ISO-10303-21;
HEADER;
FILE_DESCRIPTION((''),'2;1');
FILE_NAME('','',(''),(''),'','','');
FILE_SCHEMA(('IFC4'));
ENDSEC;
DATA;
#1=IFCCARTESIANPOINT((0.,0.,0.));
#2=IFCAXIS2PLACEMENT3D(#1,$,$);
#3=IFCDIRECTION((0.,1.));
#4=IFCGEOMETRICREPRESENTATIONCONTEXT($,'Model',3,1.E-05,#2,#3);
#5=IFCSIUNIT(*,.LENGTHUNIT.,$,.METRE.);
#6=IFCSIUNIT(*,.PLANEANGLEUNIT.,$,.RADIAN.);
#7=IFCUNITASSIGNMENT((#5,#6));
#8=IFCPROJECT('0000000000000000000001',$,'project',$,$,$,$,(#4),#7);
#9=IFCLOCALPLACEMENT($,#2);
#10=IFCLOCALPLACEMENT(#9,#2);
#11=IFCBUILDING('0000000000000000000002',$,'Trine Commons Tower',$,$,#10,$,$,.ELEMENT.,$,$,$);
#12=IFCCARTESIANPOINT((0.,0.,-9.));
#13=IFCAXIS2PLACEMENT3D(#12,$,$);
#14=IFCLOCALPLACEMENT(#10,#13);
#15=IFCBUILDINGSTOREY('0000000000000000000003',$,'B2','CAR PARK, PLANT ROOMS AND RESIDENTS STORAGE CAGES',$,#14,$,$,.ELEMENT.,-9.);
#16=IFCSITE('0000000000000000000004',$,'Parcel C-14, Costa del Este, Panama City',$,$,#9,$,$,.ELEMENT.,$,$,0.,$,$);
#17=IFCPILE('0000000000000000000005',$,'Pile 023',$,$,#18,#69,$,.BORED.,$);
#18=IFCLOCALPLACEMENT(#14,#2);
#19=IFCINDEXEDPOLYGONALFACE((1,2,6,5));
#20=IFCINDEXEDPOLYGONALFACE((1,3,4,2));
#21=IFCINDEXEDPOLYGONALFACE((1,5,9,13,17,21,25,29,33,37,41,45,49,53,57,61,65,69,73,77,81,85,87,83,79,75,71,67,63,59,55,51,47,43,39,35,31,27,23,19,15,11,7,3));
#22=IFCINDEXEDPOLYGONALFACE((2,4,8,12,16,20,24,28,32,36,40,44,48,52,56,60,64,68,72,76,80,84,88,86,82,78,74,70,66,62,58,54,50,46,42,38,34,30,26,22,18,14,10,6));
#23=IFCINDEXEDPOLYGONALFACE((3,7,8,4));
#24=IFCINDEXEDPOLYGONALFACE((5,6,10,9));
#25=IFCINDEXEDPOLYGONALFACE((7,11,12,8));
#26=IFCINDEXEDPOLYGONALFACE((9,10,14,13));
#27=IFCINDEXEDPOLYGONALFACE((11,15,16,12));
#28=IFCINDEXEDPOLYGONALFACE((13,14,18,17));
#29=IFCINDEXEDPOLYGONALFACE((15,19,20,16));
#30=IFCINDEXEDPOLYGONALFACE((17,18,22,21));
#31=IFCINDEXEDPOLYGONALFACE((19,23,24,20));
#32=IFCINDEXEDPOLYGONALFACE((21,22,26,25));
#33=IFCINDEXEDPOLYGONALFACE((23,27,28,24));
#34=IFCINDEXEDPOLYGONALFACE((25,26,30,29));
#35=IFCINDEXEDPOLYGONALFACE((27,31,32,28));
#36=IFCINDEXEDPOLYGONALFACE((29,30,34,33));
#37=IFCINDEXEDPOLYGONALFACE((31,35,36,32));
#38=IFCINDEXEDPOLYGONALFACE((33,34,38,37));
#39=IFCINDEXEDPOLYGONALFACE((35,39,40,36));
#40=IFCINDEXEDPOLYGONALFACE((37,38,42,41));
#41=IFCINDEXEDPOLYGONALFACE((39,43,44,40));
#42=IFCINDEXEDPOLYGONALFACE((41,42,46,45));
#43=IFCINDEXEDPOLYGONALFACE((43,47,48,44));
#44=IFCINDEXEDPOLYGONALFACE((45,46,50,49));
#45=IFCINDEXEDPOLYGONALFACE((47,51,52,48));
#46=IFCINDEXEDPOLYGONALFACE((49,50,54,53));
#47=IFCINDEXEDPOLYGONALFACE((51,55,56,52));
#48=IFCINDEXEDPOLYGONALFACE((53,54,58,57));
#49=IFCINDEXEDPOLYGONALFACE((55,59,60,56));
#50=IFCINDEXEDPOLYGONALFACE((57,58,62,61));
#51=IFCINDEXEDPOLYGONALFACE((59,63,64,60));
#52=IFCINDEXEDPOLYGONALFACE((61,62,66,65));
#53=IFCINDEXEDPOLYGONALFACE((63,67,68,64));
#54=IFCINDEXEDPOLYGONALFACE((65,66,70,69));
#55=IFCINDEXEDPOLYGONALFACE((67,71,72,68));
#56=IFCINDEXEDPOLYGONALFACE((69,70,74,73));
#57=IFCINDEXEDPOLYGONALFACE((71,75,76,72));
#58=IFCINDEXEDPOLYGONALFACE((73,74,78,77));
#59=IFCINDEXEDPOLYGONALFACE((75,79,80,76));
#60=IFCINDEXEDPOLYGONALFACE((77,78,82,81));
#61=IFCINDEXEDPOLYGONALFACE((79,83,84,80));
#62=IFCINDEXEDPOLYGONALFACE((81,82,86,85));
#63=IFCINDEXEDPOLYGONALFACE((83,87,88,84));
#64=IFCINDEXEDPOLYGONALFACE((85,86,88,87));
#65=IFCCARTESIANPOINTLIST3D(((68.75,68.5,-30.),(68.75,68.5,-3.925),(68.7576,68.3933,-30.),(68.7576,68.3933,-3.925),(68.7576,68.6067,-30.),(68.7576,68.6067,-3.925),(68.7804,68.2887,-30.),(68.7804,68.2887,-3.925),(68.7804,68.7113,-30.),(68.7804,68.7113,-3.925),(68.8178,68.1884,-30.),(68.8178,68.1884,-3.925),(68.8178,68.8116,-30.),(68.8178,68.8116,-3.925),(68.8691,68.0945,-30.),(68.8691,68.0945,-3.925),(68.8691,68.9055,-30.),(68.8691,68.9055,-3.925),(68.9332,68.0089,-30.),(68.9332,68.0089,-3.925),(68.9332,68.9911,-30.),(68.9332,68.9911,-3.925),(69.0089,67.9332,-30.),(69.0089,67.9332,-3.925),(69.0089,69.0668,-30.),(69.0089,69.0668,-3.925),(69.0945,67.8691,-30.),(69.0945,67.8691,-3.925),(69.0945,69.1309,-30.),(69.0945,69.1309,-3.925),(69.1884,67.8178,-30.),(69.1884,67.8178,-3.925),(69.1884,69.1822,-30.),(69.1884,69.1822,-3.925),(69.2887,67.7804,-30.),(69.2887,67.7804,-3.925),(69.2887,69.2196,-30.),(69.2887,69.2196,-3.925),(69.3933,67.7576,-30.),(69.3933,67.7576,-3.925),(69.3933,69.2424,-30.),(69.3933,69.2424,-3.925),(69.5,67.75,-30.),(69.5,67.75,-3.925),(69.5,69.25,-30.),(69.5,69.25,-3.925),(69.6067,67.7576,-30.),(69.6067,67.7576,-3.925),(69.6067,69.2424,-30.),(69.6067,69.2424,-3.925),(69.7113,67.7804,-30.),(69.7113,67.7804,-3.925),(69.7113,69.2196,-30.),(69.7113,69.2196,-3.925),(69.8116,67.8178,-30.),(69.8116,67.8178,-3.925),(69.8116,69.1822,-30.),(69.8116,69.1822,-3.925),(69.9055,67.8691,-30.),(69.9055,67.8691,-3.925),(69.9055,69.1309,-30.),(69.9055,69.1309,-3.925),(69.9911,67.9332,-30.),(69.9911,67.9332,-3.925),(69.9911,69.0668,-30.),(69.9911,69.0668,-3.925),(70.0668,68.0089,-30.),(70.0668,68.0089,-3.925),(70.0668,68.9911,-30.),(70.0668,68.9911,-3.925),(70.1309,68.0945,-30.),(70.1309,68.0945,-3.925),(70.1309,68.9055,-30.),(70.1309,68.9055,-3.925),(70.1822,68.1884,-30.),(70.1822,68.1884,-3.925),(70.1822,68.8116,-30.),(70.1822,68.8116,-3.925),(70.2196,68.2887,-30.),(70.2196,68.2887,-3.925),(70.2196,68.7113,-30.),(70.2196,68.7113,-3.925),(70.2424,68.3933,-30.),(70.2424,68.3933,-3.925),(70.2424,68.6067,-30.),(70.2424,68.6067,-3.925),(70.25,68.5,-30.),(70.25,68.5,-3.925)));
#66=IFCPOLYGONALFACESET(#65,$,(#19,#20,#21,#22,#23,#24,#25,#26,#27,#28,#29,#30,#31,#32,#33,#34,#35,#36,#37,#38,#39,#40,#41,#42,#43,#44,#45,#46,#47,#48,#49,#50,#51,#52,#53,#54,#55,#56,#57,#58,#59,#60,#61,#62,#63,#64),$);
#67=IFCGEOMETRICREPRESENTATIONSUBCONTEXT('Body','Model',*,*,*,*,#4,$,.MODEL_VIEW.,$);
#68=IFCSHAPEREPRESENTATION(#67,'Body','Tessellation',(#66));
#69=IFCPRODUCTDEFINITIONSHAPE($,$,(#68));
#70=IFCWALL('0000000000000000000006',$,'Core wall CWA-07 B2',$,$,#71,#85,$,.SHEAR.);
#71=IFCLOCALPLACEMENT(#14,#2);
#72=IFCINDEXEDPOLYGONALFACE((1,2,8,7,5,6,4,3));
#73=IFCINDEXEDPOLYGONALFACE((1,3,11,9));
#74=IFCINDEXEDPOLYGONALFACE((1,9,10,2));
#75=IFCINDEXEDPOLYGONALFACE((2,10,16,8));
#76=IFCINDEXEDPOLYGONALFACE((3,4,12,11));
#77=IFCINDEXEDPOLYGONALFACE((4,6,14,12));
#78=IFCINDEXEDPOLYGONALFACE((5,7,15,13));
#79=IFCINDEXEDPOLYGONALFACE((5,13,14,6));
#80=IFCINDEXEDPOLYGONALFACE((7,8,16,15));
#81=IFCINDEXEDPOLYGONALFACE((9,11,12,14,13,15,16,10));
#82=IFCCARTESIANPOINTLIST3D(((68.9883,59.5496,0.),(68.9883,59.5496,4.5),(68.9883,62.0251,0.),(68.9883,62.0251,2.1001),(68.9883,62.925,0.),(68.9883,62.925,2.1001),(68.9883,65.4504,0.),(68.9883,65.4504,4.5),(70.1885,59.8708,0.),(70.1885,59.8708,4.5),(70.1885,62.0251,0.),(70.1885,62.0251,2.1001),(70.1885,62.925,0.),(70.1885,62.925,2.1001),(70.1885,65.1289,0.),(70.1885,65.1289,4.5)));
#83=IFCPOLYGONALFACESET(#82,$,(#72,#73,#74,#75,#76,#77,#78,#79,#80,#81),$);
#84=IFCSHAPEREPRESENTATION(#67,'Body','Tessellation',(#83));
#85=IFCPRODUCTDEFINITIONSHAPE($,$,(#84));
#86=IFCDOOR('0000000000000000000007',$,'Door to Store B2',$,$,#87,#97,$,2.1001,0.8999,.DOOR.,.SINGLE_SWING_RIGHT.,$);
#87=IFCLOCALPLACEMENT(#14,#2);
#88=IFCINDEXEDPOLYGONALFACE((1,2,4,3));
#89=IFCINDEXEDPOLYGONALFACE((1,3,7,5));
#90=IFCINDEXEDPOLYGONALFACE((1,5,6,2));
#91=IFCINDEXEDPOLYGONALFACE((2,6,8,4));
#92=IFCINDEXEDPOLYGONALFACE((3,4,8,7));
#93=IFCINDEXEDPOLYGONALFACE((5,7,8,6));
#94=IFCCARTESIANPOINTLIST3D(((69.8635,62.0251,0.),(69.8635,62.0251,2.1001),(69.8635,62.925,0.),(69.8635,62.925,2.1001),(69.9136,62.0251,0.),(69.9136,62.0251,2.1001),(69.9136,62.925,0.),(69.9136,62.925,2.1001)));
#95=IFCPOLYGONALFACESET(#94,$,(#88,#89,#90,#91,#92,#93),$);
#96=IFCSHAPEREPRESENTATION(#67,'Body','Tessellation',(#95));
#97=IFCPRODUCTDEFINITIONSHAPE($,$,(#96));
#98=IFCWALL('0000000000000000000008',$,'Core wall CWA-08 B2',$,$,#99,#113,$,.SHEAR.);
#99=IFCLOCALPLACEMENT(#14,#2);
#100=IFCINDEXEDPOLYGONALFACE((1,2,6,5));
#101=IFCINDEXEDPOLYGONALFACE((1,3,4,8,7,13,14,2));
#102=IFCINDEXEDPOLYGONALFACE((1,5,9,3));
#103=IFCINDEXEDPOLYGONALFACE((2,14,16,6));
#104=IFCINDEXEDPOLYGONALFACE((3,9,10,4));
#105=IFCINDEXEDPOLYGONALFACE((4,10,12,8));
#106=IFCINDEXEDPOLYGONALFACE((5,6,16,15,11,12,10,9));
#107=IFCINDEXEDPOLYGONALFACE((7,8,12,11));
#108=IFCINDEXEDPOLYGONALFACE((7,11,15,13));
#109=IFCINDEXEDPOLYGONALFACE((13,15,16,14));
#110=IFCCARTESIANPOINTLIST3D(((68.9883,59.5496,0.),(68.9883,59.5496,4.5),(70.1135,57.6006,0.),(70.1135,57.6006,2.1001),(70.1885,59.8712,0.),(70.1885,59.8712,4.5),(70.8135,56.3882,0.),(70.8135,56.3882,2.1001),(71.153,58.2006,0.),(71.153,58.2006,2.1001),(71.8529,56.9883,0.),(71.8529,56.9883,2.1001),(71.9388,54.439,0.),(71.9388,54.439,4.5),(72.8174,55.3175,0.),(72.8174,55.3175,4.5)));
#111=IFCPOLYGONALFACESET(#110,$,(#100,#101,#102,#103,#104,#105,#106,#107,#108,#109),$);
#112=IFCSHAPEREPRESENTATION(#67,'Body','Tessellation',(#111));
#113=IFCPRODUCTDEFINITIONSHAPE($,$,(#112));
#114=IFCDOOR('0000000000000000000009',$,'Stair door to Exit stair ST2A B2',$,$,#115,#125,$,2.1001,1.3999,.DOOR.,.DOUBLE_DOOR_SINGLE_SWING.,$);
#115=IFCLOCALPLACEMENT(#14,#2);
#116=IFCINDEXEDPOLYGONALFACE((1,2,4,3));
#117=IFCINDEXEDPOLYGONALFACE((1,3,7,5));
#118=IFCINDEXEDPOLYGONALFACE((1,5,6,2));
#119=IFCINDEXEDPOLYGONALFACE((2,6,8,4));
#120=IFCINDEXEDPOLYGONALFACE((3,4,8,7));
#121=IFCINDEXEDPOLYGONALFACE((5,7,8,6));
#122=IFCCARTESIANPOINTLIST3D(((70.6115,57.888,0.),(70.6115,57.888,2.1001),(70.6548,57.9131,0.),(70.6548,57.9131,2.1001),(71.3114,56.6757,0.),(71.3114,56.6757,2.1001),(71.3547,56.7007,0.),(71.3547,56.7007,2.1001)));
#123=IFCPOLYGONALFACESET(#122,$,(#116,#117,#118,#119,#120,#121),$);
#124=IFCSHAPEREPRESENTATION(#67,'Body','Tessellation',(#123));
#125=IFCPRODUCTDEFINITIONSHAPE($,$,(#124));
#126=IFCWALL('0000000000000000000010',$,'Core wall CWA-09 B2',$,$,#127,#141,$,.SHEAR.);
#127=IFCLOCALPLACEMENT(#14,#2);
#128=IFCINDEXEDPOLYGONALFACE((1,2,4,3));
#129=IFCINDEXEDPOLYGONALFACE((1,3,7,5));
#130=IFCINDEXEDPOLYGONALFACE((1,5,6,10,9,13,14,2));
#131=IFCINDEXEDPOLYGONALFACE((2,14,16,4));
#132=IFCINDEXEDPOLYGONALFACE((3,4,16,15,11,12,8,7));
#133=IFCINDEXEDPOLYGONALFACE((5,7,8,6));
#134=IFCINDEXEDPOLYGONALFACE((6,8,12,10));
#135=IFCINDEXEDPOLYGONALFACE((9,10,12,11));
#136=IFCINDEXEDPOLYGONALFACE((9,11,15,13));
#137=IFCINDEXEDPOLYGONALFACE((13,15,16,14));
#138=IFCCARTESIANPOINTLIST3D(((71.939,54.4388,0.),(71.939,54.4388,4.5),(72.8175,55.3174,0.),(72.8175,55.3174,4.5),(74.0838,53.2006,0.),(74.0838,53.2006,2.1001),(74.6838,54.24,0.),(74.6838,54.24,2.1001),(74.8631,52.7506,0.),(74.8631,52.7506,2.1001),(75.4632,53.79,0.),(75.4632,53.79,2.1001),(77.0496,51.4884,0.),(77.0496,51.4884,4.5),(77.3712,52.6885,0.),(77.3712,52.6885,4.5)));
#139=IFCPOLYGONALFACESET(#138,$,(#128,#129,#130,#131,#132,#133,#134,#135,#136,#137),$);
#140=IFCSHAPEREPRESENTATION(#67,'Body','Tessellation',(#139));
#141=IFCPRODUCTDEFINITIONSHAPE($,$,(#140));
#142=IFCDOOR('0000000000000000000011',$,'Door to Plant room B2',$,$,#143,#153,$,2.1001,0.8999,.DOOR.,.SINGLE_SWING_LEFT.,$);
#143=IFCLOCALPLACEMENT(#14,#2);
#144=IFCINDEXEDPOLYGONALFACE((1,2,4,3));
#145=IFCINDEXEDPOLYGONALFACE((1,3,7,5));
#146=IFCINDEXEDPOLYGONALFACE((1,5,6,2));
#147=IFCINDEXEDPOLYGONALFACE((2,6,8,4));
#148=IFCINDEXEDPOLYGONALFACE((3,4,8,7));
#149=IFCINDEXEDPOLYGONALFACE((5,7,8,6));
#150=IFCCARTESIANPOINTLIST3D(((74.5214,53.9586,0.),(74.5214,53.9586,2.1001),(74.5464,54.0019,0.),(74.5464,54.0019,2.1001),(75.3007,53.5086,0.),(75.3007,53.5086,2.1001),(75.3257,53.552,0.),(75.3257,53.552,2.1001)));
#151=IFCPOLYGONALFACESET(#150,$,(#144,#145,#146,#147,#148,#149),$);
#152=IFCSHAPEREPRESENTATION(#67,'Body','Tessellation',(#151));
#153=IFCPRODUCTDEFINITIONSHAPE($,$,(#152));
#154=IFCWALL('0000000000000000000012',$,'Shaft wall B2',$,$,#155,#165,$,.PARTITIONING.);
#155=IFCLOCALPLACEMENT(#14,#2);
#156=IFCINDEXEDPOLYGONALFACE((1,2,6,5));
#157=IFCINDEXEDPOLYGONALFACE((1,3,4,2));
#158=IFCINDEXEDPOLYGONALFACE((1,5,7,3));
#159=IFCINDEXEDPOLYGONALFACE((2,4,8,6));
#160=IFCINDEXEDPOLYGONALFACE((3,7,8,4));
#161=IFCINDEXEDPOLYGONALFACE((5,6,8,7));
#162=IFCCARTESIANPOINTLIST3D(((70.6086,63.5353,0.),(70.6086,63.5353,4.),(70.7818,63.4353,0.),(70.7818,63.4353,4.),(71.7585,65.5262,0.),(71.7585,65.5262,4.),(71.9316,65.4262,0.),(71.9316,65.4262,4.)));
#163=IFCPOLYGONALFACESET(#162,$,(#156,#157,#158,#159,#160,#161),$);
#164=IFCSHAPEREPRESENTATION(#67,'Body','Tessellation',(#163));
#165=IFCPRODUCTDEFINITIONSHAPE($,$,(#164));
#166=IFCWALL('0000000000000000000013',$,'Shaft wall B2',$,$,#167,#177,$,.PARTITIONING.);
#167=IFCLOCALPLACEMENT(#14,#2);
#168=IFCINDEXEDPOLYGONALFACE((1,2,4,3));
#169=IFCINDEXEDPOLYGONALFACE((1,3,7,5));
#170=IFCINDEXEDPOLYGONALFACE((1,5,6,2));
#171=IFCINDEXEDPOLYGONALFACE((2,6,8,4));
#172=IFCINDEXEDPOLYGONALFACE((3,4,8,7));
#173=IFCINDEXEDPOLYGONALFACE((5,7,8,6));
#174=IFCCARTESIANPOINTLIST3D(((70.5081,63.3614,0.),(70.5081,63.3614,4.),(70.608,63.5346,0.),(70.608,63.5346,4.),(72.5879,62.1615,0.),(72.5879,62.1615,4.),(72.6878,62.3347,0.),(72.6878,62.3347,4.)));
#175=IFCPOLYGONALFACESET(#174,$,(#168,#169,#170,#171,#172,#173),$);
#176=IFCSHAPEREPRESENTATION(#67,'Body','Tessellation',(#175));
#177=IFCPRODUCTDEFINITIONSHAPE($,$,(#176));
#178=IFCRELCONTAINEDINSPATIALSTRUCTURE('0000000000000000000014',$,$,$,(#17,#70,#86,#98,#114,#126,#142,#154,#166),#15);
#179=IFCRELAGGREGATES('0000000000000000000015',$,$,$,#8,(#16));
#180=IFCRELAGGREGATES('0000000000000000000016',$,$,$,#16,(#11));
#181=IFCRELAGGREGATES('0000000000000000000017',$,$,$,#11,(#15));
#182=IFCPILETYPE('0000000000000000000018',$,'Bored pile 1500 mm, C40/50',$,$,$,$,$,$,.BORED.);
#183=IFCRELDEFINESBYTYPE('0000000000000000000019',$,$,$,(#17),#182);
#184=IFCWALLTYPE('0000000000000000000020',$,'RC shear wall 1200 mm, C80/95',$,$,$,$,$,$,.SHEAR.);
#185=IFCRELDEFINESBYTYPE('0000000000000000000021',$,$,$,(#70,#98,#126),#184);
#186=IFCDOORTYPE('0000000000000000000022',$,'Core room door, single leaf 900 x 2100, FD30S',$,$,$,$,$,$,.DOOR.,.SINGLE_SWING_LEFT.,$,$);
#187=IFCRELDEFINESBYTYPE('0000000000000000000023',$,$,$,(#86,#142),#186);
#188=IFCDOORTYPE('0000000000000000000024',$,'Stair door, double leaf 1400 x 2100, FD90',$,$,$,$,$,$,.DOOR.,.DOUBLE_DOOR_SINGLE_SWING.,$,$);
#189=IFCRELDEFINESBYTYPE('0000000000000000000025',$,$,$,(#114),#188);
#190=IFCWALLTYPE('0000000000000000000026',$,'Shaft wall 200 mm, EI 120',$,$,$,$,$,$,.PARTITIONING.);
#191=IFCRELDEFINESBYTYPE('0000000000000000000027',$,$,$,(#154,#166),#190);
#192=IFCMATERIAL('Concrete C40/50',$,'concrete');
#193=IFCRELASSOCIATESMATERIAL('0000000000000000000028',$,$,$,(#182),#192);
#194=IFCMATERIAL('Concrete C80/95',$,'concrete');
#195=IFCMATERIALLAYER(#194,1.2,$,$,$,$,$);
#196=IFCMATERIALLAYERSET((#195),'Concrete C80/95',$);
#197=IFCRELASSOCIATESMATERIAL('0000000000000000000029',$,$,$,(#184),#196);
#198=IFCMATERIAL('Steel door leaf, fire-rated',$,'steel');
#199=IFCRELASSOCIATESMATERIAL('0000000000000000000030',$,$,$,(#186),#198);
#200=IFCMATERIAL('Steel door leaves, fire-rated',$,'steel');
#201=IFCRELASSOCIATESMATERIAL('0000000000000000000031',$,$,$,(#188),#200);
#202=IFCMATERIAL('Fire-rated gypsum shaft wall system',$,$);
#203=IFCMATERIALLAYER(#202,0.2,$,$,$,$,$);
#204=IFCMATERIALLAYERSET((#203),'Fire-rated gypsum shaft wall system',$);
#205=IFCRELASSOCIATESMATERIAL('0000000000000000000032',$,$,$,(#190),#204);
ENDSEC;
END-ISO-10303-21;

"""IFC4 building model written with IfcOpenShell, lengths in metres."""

from ifc_helpers import new_model, si_unit, direction, frame, frame_2d, origin, origin_2d, place, context, subcontext, project, spatial, polyline, rectangle, circle, outline, extrude, material, layer, layer_set, type_object, element, fill, save


model = new_model("IFC4")

# Units and contexts
model_context = context("Model", 3, precision=1e-05, world=origin(), true_north=direction((0.0, 1.0)))
body_context = subcontext(model_context, "Body", "Model", "MODEL_VIEW")
ifc_project = project(units=[si_unit("LENGTHUNIT", "METRE"), si_unit("PLANEANGLEUNIT", "RADIAN")], contexts=[model_context])

# Site, building, storey
site_placement = place(None, origin())
site = spatial("IfcSite", under=ifc_project, at=site_placement, Name="Parcel C-14, Costa del Este, Panama City", CompositionType="ELEMENT", RefElevation=0.0)
building_placement = place(site_placement, origin())
building = spatial("IfcBuilding", under=site, at=building_placement, Name="Trine Commons Tower", CompositionType="ELEMENT")
storey_placement = place(building_placement, frame((0.0, 0.0, -9.0)))
storey = spatial("IfcBuildingStorey", under=building, at=storey_placement, Name="B2", Description="CAR PARK, PLANT ROOMS AND RESIDENTS STORAGE CAGES", CompositionType="ELEMENT", Elevation=-9.0)

# Pile
ifc_material_1 = material(Name="Concrete C40/50", Category="concrete")
pile_type = type_object("IfcPileType", Name="Bored pile 1500 mm, C40/50", PredefinedType="BORED", material=ifc_material_1)
for number, where, z_axis, x_axis, name in (
    (1, (69.5, 68.5, -3.925), (0.0, 0.0, -1.0), (1.0, 0.0, 0.0), "Pile 023"),
):
    element("IfcPile", number, at=place(storey_placement, frame(where, z_axis=z_axis, x_axis=x_axis)), inside=storey, type_object=pile_type, Name=name, PredefinedType="BORED", context=body_context, shape_type="SweptSolid", body=[
        extrude(circle(Radius=0.75, at=origin_2d()), origin(), (0.0, 0.0, 1.0), 26.075),
    ])

# Walls, openings, doors
ifc_material_2 = material(Name="Concrete C80/95", Category="concrete")
ifc_layer_1 = layer(ifc_material_2, 1.2)
ifc_layer_set_1 = layer_set([ifc_layer_1], Name="Concrete C80/95")
wall_type_1 = type_object("IfcWallType", Name="RC shear wall 1200 mm, C80/95", PredefinedType="SHEAR", material=ifc_layer_set_1)
wall_1_placement = place(storey_placement, frame((69.5884, 65.4504, 0.0), z_axis=(0.0, 0.0, 1.0), x_axis=(0.0, -1.0, 0.0)))
wall_1 = element("IfcWall", 2, at=wall_1_placement, inside=storey, type_object=wall_type_1, Name="Core wall CWA-07 B2", PredefinedType="SHEAR", context=body_context, shape_type="SweptSolid", body=[
    extrude(outline(polyline([(0.0, -0.6001), (5.9009, -0.6001), (5.5796, 0.6001), (0.3215, 0.6001), (0.0, -0.6001)])), origin(), (0.0, 0.0, 1.0), 4.5),
])
opening_1_placement = place(wall_1_placement, frame((2.5254, 0.0, 0.0)))
opening_1 = element("IfcOpeningElement", 3, at=opening_1_placement, cuts=wall_1, PredefinedType="OPENING", context=body_context, shape_type="SweptSolid", body=[
    extrude(rectangle(XDim=0.8999, YDim=2.1001, at=frame_2d((0.45, 1.05))), frame((0.0, 0.6099, 0.0), z_axis=(0.0, -1.0, 0.0), x_axis=(1.0, 0.0, 0.0)), (0.0, 0.0, 1.0), 1.22),
])
ifc_material_3 = material(Name="Steel door leaf, fire-rated", Category="steel")
door_type_1 = type_object("IfcDoorType", Name="Core room door, single leaf 900 x 2100, FD30S", OperationType="SINGLE_SWING_LEFT", PredefinedType="DOOR", material=ifc_material_3)
door_1_placement = place(opening_1_placement, origin())
door_1 = element("IfcDoor", 4, at=door_1_placement, inside=storey, type_object=door_type_1, Name="Door to Store B2", OperationType="SINGLE_SWING_RIGHT", OverallHeight=2.1001, OverallWidth=0.8999, PredefinedType="DOOR", context=body_context, shape_type="SweptSolid", body=[
    extrude(rectangle(XDim=0.8999, YDim=2.1001, at=frame_2d((0.45, 1.05))), frame((0.0, 0.3252, 0.0), z_axis=(0.0, -1.0, 0.0), x_axis=(1.0, 0.0, 0.0)), (0.0, 0.0, 1.0), 0.05),
])
fill(opening_1, door_1)
wall_2_placement = place(storey_placement, frame((69.5081, 59.8496, 0.0), z_axis=(0.0, 0.0, 1.0), x_axis=(0.499979, -0.866037, 0.0)))
wall_2 = element("IfcWall", 5, at=wall_2_placement, inside=storey, type_object=wall_type_1, Name="Core wall CWA-08 B2", PredefinedType="SHEAR", context=body_context, shape_type="SweptSolid", body=[
    extrude(outline(polyline([(0.0, -0.6001), (5.9011, -0.6001), (5.5796, 0.6001), (0.3215, 0.6001), (0.0, -0.6001)])), origin(), (0.0, 0.0, 1.0), 4.5),
])
opening_2_placement = place(wall_2_placement, frame((2.2505, 0.0, 0.0)))
opening_2 = element("IfcOpeningElement", 6, at=opening_2_placement, cuts=wall_2, PredefinedType="OPENING", context=body_context, shape_type="SweptSolid", body=[
    extrude(rectangle(XDim=1.3999, YDim=2.1001, at=frame_2d((0.7, 1.05))), frame((0.0, 0.6099, 0.0), z_axis=(0.0, -1.0, 0.0), x_axis=(1.0, 0.0, 0.0)), (0.0, 0.0, 1.0), 1.22),
])
ifc_material_4 = material(Name="Steel door leaves, fire-rated", Category="steel")
door_type_2 = type_object("IfcDoorType", Name="Stair door, double leaf 1400 x 2100, FD90", OperationType="DOUBLE_DOOR_SINGLE_SWING", PredefinedType="DOOR", material=ifc_material_4)
door_2_placement = place(opening_2_placement, origin())
door_2 = element("IfcDoor", 7, at=door_2_placement, inside=storey, type_object=door_type_2, Name="Stair door to Exit stair ST2A B2", OperationType="DOUBLE_DOOR_SINGLE_SWING", OverallHeight=2.1001, OverallWidth=1.3999, PredefinedType="DOOR", context=body_context, shape_type="SweptSolid", body=[
    extrude(rectangle(XDim=1.3999, YDim=2.1001, at=frame_2d((0.7, 1.05))), frame((0.0, 0.0249, 0.0), z_axis=(0.0, -1.0, 0.0), x_axis=(1.0, 0.0, 0.0)), (0.0, 0.0, 1.0), 0.05),
])
fill(opening_2, door_2)
wall_3_placement = place(storey_placement, frame((72.239, 54.9585, 0.0), z_axis=(0.0, 0.0, 1.0), x_axis=(0.866037, -0.499979, 0.0)))
wall_3 = element("IfcWall", 8, at=wall_3_placement, inside=storey, type_object=wall_type_1, Name="Core wall CWA-09 B2", PredefinedType="SHEAR", context=body_context, shape_type="SweptSolid", body=[
    extrude(outline(polyline([(0.0, -0.6001), (5.9011, -0.6001), (5.5796, 0.6001), (0.3215, 0.6001), (0.0, -0.6001)])), origin(), (0.0, 0.0, 1.0), 4.5),
])
opening_3_placement = place(wall_3_placement, frame((2.4766, 0.0, 0.0)))
opening_3 = element("IfcOpeningElement", 9, at=opening_3_placement, cuts=wall_3, PredefinedType="OPENING", context=body_context, shape_type="SweptSolid", body=[
    extrude(rectangle(XDim=0.8999, YDim=2.1001, at=frame_2d((0.45, 1.05))), frame((0.0, 0.6099, 0.0), z_axis=(0.0, -1.0, 0.0), x_axis=(1.0, 0.0, 0.0)), (0.0, 0.0, 1.0), 1.22),
])
door_3_placement = place(opening_3_placement, origin())
door_3 = element("IfcDoor", 10, at=door_3_placement, inside=storey, type_object=door_type_1, Name="Door to Plant room B2", OperationType="SINGLE_SWING_LEFT", OverallHeight=2.1001, OverallWidth=0.8999, PredefinedType="DOOR", context=body_context, shape_type="SweptSolid", body=[
    extrude(rectangle(XDim=0.8999, YDim=2.1001, at=frame_2d((0.45, 1.05))), frame((0.0, 0.3252, 0.0), z_axis=(0.0, -1.0, 0.0), x_axis=(1.0, 0.0, 0.0)), (0.0, 0.0, 1.0), 0.05),
])
fill(opening_3, door_3)

# Walls
ifc_material_5 = material(Name="Fire-rated gypsum shaft wall system")
ifc_layer_2 = layer(ifc_material_5, 0.2)
ifc_layer_set_2 = layer_set([ifc_layer_2], Name="Fire-rated gypsum shaft wall system")
wall_type_2 = type_object("IfcWallType", Name="Shaft wall 200 mm, EI 120", PredefinedType="PARTITIONING", material=ifc_layer_set_2)
wall_4_placement = place(storey_placement, frame((71.845, 65.4761, 0.0), z_axis=(0.0, 0.0, 1.0), x_axis=(-0.500136, -0.865947, 0.0)))
element("IfcWall", 11, at=wall_4_placement, inside=storey, type_object=wall_type_2, Name="Shaft wall B2", PredefinedType="PARTITIONING", context=body_context, shape_type="SweptSolid", body=[
    extrude(rectangle(XDim=2.2991, YDim=0.2, at=frame_2d((1.1494, 0.0))), origin(), (0.0, 0.0, 1.0), 4.0),
])
wall_5_placement = place(storey_placement, frame((72.6379, 62.248, 0.0), z_axis=(0.0, 0.0, 1.0), x_axis=(-0.866177, 0.499737, 0.0)))
element("IfcWall", 12, at=wall_5_placement, inside=storey, type_object=wall_type_2, Name="Shaft wall B2", PredefinedType="PARTITIONING", context=body_context, shape_type="SweptSolid", body=[
    extrude(rectangle(XDim=2.4011, YDim=0.2, at=frame_2d((1.2007, 0.0))), origin(), (0.0, 0.0, 1.0), 4.0),
])

save(model, "model.ifc")
